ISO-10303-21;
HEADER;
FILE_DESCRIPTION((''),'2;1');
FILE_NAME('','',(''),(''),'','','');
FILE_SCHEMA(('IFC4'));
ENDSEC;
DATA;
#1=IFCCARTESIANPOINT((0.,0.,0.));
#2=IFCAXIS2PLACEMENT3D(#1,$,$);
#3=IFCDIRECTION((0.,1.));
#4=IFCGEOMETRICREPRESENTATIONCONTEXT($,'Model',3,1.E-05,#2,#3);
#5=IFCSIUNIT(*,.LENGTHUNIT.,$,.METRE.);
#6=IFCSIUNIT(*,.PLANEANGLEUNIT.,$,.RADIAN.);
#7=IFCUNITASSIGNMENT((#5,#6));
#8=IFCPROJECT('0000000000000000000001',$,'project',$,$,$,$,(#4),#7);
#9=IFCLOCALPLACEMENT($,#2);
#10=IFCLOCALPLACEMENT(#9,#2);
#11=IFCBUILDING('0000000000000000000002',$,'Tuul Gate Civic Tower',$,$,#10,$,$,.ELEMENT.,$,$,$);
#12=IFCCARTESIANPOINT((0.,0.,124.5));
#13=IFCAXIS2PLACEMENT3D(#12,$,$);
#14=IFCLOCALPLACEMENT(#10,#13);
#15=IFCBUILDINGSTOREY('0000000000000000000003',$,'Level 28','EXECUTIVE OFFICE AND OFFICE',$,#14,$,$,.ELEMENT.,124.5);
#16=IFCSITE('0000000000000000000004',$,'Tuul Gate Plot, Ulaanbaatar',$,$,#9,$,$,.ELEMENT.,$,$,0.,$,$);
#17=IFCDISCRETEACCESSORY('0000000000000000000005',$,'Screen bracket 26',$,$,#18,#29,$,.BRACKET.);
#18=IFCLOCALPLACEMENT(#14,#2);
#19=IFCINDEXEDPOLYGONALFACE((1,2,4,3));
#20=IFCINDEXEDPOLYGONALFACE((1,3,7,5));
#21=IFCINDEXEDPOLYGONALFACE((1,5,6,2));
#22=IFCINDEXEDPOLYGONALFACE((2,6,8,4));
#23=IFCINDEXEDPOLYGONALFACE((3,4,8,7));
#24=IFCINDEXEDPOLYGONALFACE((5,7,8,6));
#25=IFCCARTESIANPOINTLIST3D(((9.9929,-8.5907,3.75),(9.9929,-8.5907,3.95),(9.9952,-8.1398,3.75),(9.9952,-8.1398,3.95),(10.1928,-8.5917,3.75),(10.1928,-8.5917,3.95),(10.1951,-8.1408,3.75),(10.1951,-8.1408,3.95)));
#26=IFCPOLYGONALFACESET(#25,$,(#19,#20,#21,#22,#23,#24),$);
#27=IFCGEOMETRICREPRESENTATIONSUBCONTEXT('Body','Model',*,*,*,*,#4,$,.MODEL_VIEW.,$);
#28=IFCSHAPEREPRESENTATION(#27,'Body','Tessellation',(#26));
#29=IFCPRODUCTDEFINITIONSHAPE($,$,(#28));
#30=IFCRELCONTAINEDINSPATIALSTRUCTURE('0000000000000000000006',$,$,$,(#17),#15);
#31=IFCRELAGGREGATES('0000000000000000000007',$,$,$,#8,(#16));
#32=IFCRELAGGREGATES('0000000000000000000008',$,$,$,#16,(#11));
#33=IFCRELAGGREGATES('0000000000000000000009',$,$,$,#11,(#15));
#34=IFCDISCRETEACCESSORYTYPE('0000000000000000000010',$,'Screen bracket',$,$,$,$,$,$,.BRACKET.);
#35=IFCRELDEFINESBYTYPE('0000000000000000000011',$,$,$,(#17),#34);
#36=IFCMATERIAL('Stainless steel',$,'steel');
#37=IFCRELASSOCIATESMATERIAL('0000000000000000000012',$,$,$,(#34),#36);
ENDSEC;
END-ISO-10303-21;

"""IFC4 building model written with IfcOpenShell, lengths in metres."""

from ifc_helpers import new_model, si_unit, direction, frame, origin, origin_2d, place, context, subcontext, project, spatial, rectangle, extrude, material, type_object, element, save


model = new_model("IFC4")

# Units and contexts
model_context = context("Model", 3, precision=1e-05, world=origin(), true_north=direction((0.0, 1.0)))
body_context = subcontext(model_context, "Body", "Model", "MODEL_VIEW")
ifc_project = project(units=[si_unit("LENGTHUNIT", "METRE"), si_unit("PLANEANGLEUNIT", "RADIAN")], contexts=[model_context])

# Site, building, storey
site_placement = place(None, origin())
site = spatial("IfcSite", under=ifc_project, at=site_placement, Name="Tuul Gate Plot, Ulaanbaatar", CompositionType="ELEMENT", RefElevation=0.0)
building_placement = place(site_placement, origin())
building = spatial("IfcBuilding", under=site, at=building_placement, Name="Tuul Gate Civic Tower", CompositionType="ELEMENT")
storey_placement = place(building_placement, frame((0.0, 0.0, 124.5)))
storey = spatial("IfcBuildingStorey", under=building, at=storey_placement, Name="Level 28", Description="EXECUTIVE OFFICE AND OFFICE", CompositionType="ELEMENT", Elevation=124.5)

# Discrete accessory
ifc_material_1 = material(Name="Stainless steel", Category="steel")
discrete_accessory_type = type_object("IfcDiscreteAccessoryType", Name="Screen bracket", PredefinedType="BRACKET", material=ifc_material_1)
discrete_accessory_placement = place(storey_placement, frame((10.094, -8.3657, 3.75), z_axis=(0.0, 0.0, 1.0), x_axis=(-0.00511, -0.999987, 0.0)))
element("IfcDiscreteAccessory", 1, at=discrete_accessory_placement, inside=storey, type_object=discrete_accessory_type, Name="Screen bracket 26", PredefinedType="BRACKET", context=body_context, shape_type="SweptSolid", body=[
    extrude(rectangle(XDim=0.4509, YDim=0.2, at=origin_2d()), origin(), (0.0, 0.0, 1.0), 0.2),
])

save(model, "model.ifc")
